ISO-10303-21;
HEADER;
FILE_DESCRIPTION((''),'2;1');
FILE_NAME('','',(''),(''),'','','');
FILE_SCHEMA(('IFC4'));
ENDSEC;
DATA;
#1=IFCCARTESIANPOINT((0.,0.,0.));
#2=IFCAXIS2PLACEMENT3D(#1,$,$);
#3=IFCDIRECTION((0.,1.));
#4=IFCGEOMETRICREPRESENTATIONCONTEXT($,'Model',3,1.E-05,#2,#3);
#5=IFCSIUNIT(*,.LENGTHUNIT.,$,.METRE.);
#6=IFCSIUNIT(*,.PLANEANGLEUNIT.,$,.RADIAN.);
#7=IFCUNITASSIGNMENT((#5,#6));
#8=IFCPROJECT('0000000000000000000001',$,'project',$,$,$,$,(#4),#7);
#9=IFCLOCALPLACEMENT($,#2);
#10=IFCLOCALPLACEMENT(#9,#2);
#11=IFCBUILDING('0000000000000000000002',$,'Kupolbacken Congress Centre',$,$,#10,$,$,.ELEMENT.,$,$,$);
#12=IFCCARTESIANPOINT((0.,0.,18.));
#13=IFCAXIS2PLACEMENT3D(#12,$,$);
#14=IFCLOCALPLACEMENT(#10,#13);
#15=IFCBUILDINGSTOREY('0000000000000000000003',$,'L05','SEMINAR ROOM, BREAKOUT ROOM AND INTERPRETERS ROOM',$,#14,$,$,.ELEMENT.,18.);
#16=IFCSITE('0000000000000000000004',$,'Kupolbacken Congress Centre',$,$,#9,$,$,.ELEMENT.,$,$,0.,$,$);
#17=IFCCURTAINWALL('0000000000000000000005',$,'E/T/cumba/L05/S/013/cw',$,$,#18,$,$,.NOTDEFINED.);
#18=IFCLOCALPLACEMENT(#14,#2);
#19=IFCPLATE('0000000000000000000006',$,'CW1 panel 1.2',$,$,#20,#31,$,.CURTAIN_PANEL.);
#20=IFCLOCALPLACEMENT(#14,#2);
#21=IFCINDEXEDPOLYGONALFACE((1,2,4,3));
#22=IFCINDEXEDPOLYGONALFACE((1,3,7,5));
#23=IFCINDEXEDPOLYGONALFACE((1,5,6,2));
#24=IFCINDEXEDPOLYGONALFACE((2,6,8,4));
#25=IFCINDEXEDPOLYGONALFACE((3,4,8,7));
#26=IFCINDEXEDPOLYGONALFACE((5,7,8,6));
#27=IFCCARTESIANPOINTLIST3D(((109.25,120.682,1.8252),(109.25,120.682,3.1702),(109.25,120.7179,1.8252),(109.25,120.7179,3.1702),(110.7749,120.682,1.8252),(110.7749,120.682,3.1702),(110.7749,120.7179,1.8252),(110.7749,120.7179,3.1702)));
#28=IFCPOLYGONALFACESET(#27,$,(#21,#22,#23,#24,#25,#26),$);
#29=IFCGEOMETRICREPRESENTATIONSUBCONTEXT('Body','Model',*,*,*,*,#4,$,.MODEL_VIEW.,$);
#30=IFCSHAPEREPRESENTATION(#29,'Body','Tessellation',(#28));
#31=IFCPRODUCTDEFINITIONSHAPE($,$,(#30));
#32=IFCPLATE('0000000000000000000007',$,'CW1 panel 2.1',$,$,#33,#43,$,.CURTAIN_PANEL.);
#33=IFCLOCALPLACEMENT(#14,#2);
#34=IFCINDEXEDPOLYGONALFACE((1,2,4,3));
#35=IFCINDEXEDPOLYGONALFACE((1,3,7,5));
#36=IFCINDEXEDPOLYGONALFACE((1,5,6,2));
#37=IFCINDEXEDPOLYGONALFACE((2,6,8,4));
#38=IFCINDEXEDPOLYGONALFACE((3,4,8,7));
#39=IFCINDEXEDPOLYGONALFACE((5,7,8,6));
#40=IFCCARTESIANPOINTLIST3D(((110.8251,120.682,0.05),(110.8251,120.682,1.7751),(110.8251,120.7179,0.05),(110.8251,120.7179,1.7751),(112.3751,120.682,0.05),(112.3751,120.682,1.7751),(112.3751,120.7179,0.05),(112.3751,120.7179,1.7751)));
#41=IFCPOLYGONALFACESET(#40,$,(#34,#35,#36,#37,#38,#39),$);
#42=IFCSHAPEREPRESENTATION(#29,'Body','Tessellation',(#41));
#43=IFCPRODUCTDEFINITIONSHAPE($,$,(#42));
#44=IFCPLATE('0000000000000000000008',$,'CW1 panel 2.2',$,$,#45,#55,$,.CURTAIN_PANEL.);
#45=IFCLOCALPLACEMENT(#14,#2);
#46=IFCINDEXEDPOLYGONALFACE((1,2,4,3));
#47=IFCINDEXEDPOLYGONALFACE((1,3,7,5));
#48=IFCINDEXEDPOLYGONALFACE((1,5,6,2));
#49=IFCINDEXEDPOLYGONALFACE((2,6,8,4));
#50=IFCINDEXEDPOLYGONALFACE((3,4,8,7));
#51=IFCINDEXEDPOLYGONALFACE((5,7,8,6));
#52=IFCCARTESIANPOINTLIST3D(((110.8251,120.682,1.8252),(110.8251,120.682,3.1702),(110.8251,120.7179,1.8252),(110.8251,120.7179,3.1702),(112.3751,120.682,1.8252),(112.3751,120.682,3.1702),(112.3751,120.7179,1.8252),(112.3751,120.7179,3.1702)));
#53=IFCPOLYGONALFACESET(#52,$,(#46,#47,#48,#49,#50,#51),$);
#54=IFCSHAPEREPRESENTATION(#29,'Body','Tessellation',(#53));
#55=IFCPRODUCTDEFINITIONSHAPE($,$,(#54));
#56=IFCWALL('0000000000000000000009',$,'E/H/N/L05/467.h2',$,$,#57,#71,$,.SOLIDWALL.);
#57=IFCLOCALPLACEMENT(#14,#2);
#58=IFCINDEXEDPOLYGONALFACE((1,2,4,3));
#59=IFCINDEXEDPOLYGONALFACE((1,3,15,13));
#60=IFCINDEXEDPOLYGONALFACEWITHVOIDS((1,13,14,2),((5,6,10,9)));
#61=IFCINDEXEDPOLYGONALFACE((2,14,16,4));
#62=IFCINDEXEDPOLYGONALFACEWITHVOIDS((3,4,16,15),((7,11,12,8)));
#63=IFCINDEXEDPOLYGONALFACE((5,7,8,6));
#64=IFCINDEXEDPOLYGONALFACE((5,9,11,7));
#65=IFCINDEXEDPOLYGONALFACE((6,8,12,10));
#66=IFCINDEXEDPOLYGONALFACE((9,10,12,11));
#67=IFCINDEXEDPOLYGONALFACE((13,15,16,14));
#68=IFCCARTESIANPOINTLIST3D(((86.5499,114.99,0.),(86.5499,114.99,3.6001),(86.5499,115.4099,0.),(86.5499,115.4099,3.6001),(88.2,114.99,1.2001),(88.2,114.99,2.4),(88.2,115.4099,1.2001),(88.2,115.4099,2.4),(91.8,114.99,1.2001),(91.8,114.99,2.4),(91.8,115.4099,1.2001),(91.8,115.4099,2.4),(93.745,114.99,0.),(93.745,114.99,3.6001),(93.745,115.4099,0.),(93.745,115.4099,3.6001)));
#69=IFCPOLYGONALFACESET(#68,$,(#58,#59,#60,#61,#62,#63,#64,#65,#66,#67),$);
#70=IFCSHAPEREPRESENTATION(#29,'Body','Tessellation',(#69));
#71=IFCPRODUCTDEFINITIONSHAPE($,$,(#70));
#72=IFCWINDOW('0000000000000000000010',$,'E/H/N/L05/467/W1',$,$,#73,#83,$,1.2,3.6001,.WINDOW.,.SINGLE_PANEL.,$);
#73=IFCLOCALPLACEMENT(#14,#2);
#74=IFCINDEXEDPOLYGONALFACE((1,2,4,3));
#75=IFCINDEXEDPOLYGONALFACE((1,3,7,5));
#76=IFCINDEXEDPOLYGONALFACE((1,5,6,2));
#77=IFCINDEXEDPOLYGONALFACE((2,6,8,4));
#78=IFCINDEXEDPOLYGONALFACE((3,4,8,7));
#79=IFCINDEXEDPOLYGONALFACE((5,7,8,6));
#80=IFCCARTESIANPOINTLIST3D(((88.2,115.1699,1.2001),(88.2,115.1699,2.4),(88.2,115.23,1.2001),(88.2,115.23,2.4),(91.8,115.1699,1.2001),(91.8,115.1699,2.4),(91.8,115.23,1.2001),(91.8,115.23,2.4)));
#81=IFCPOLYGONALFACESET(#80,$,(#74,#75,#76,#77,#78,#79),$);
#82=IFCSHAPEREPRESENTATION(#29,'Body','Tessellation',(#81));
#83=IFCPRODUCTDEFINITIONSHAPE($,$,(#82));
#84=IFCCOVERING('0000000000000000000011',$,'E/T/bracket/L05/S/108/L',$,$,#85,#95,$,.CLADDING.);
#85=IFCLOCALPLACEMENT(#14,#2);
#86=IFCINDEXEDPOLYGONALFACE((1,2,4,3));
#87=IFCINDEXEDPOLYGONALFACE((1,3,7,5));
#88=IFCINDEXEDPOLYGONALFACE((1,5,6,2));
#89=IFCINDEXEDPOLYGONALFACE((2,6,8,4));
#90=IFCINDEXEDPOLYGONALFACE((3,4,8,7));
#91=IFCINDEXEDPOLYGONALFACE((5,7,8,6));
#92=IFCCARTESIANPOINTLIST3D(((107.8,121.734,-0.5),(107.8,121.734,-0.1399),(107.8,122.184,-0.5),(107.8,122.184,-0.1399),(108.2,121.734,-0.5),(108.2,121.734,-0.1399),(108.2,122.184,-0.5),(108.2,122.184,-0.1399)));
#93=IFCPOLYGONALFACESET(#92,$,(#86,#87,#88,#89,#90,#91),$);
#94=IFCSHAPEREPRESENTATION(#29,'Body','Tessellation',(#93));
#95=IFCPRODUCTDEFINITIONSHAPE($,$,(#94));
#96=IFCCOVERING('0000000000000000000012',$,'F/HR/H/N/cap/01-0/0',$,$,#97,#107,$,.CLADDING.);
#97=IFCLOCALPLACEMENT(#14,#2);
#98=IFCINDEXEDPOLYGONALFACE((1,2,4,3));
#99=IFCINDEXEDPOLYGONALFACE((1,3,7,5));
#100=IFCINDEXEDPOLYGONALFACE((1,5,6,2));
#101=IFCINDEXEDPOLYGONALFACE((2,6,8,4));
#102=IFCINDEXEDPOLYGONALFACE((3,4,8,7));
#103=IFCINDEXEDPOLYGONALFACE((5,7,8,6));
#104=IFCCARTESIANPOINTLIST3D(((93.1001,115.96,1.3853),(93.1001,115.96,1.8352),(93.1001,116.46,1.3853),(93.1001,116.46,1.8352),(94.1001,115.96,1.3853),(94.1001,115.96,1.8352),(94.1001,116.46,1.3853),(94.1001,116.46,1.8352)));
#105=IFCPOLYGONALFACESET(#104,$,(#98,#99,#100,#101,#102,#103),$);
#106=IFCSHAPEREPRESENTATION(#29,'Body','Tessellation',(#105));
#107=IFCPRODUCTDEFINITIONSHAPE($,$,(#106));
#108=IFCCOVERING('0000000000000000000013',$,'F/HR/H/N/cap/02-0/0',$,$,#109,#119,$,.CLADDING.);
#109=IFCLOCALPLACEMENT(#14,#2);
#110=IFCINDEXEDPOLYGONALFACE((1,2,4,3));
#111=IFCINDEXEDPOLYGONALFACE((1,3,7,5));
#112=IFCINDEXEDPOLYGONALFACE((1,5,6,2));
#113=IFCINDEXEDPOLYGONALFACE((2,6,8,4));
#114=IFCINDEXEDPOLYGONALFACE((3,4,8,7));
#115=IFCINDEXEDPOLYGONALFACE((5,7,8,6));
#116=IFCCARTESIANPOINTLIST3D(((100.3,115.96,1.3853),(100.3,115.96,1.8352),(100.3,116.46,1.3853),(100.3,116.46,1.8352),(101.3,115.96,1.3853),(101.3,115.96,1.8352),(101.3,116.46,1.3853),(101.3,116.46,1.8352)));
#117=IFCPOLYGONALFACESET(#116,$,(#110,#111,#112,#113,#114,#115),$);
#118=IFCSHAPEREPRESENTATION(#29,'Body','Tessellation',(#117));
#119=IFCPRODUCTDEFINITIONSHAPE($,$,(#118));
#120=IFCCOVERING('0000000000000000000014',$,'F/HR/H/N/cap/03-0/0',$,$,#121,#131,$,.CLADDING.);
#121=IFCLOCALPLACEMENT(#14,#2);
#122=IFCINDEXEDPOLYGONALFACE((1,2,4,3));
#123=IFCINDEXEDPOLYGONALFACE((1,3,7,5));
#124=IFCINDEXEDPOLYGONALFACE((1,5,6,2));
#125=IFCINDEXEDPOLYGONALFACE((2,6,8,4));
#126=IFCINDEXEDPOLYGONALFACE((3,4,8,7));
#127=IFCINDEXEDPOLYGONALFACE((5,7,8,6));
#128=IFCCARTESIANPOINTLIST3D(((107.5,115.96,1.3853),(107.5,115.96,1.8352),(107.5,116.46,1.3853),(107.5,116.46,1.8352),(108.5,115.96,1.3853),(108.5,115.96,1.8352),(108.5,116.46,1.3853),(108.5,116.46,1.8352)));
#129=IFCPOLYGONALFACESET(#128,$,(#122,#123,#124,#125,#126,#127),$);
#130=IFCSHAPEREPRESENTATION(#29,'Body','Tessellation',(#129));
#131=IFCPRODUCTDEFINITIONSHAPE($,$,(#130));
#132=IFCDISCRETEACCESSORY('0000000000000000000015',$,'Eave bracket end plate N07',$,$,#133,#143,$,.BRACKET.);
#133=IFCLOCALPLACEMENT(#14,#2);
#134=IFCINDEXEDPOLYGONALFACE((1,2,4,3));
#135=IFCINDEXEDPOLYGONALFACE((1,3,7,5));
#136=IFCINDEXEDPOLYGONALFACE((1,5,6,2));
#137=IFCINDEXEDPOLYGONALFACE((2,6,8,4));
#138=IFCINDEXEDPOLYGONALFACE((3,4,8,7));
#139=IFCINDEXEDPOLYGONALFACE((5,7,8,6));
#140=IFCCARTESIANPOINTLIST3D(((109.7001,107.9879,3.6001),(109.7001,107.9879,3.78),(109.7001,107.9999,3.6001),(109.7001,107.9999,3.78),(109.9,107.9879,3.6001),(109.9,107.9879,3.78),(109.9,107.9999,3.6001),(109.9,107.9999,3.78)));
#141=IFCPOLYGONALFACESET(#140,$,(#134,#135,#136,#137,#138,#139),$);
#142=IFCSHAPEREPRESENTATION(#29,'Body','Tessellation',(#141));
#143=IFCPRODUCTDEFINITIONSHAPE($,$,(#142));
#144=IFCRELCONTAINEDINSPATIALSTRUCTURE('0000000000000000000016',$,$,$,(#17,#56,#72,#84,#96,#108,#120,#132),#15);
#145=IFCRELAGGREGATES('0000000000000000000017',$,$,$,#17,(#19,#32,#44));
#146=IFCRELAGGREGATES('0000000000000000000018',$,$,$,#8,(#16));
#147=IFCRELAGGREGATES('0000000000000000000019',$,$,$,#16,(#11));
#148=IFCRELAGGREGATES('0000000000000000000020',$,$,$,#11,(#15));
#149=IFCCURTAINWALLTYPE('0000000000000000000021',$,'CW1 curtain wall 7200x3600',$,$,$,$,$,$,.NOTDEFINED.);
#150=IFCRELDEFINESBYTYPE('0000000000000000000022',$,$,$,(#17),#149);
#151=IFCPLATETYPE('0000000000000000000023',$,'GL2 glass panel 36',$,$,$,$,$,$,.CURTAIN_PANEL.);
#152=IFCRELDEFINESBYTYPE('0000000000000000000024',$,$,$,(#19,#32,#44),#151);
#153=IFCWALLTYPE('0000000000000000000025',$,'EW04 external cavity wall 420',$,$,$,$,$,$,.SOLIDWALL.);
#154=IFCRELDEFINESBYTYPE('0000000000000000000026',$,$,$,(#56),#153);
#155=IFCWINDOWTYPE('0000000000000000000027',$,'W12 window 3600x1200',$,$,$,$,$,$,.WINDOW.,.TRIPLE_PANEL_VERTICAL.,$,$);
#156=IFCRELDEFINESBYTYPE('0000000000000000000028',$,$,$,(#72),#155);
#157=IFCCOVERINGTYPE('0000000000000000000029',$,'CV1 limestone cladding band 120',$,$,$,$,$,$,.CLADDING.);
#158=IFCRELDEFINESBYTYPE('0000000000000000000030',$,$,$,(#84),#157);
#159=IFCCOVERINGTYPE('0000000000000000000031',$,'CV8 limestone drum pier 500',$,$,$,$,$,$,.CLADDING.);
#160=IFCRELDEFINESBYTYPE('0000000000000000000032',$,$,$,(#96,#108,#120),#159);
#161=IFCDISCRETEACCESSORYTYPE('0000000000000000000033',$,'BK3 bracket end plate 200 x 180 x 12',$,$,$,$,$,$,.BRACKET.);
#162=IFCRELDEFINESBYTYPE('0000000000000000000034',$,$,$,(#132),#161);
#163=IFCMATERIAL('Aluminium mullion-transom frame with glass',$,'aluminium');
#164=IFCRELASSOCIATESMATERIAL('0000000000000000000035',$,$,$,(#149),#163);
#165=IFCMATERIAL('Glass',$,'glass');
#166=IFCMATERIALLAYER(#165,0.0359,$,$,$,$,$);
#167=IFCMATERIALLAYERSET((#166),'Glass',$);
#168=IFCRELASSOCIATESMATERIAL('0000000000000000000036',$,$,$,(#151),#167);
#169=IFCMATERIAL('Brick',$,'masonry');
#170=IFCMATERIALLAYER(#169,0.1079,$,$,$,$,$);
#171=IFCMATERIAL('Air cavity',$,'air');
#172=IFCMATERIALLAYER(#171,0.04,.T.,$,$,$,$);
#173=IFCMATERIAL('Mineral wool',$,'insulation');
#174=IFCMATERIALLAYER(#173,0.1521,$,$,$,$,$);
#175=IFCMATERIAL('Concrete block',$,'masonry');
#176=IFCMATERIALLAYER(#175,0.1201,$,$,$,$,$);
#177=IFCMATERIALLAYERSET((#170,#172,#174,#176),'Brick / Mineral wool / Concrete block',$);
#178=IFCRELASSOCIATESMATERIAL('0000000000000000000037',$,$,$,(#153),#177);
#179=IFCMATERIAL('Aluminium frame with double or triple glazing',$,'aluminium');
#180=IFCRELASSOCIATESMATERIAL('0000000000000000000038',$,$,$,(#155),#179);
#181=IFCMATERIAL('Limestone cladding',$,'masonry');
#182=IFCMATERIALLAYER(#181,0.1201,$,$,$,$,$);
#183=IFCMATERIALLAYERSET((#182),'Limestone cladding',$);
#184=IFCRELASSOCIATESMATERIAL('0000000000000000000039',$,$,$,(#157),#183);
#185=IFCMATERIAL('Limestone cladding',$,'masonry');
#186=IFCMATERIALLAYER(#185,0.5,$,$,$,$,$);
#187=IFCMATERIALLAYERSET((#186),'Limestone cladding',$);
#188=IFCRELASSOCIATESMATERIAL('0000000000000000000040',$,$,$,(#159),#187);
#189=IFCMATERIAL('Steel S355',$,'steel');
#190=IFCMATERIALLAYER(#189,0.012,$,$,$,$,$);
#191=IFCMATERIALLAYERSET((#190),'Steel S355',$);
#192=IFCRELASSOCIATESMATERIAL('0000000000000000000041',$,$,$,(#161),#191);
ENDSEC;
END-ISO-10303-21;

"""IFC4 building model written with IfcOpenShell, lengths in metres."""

from ifc_helpers import new_model, si_unit, direction, frame, frame_2d, origin, origin_2d, place, context, subcontext, project, spatial, rectangle, extrude, material, layer, layer_set, type_object, element, fill, aggregate, save


model = new_model("IFC4")

# Units and contexts
model_context = context("Model", 3, precision=1e-05, world=origin(), true_north=direction((0.0, 1.0)))
body_context = subcontext(model_context, "Body", "Model", "MODEL_VIEW")
ifc_project = project(units=[si_unit("LENGTHUNIT", "METRE"), si_unit("PLANEANGLEUNIT", "RADIAN")], contexts=[model_context])

# Site, building, storey
site_placement = place(None, origin())
site = spatial("IfcSite", under=ifc_project, at=site_placement, Name="Kupolbacken Congress Centre", CompositionType="ELEMENT", RefElevation=0.0)
building_placement = place(site_placement, origin())
building = spatial("IfcBuilding", under=site, at=building_placement, Name="Kupolbacken Congress Centre", CompositionType="ELEMENT")
storey_placement = place(building_placement, frame((0.0, 0.0, 18.0)))
storey = spatial("IfcBuildingStorey", under=building, at=storey_placement, Name="L05", Description="SEMINAR ROOM, BREAKOUT ROOM AND INTERPRETERS ROOM", CompositionType="ELEMENT", Elevation=18.0)

# Curtain wall, plates
ifc_material_1 = material(Name="Aluminium mullion-transom frame with glass", Category="aluminium")
curtain_wall_type = type_object("IfcCurtainWallType", Name="CW1 curtain wall 7200x3600", PredefinedType="NOTDEFINED", material=ifc_material_1)
curtain_wall_placement = place(storey_placement, origin())
curtain_wall = element("IfcCurtainWall", 1, at=curtain_wall_placement, inside=storey, type_object=curtain_wall_type, Name="E/T/cumba/L05/S/013/cw", PredefinedType="NOTDEFINED")
ifc_material_2 = material(Name="Glass", Category="glass")
ifc_layer_1 = layer(ifc_material_2, 0.0359)
ifc_layer_set_1 = layer_set([ifc_layer_1], Name="Glass")
plate_type = type_object("IfcPlateType", Name="GL2 glass panel 36", PredefinedType="CURTAIN_PANEL", material=ifc_layer_set_1)
plate_1_placement = place(storey_placement, frame((110.0125, 120.7, 1.8252), z_axis=(0.0, 0.0, 1.0), x_axis=(1.0, 0.0, 0.0)))
plate_1 = element("IfcPlate", 2, at=plate_1_placement, type_object=plate_type, Name="CW1 panel 1.2", PredefinedType="CURTAIN_PANEL", context=body_context, shape_type="SweptSolid", body=[
    extrude(rectangle(XDim=1.5249, YDim=0.0359, at=origin_2d()), origin(), (0.0, 0.0, 1.0), 1.345),
])
plate_2_placement = place(storey_placement, frame((111.6001, 120.7, 0.05), z_axis=(0.0, 0.0, 1.0), x_axis=(1.0, 0.0, 0.0)))
plate_2 = element("IfcPlate", 3, at=plate_2_placement, type_object=plate_type, Name="CW1 panel 2.1", PredefinedType="CURTAIN_PANEL", context=body_context, shape_type="SweptSolid", body=[
    extrude(rectangle(XDim=1.55, YDim=0.0359, at=origin_2d()), origin(), (0.0, 0.0, 1.0), 1.7251),
])
plate_3_placement = place(storey_placement, frame((111.6001, 120.7, 1.8252), z_axis=(0.0, 0.0, 1.0), x_axis=(1.0, 0.0, 0.0)))
plate_3 = element("IfcPlate", 4, at=plate_3_placement, type_object=plate_type, Name="CW1 panel 2.2", PredefinedType="CURTAIN_PANEL", context=body_context, shape_type="SweptSolid", body=[
    extrude(rectangle(XDim=1.55, YDim=0.0359, at=origin_2d()), origin(), (0.0, 0.0, 1.0), 1.345),
])
aggregate(curtain_wall, [plate_1, plate_2, plate_3])

# Wall, opening, window
ifc_material_3 = material(Name="Brick", Category="masonry")
ifc_layer_2 = layer(ifc_material_3, 0.1079)
ifc_material_4 = material(Name="Air cavity", Category="air")
ifc_layer_3 = layer(ifc_material_4, 0.04, ventilated=True)
ifc_material_5 = material(Name="Mineral wool", Category="insulation")
ifc_layer_4 = layer(ifc_material_5, 0.1521)
ifc_material_6 = material(Name="Concrete block", Category="masonry")
ifc_layer_5 = layer(ifc_material_6, 0.1201)
ifc_layer_set_2 = layer_set([ifc_layer_2, ifc_layer_3, ifc_layer_4, ifc_layer_5], Name="Brick / Mineral wool / Concrete block")
wall_type = type_object("IfcWallType", Name="EW04 external cavity wall 420", PredefinedType="SOLIDWALL", material=ifc_layer_set_2)
wall_placement = place(storey_placement, frame((93.7451, 115.2, 0.0), z_axis=(0.0, 0.0, 1.0), x_axis=(-1.0, 0.0, 0.0)))
wall = element("IfcWall", 5, at=wall_placement, inside=storey, type_object=wall_type, Name="E/H/N/L05/467.h2", PredefinedType="SOLIDWALL", context=body_context, shape_type="SweptSolid", body=[
    extrude(rectangle(XDim=7.1951, YDim=0.4199, at=frame_2d((3.5977, 0.0))), origin(), (0.0, 0.0, 1.0), 3.6001),
])
opening_placement = place(wall_placement, frame((1.9451, 0.0, 1.2)))
opening = element("IfcOpeningElement", 6, at=opening_placement, cuts=wall, PredefinedType="OPENING", context=body_context, shape_type="SweptSolid", body=[
    extrude(rectangle(XDim=3.6001, YDim=1.2, at=frame_2d((1.8, 0.6001))), frame((0.0, 0.22, 0.0), z_axis=(0.0, -1.0, 0.0), x_axis=(1.0, 0.0, 0.0)), (0.0, 0.0, 1.0), 0.4399),
])
ifc_material_7 = material(Name="Aluminium frame with double or triple glazing", Category="aluminium")
window_type = type_object("IfcWindowType", Name="W12 window 3600x1200", PartitioningType="TRIPLE_PANEL_VERTICAL", PredefinedType="WINDOW", material=ifc_material_7)
window_placement = place(opening_placement, origin())
window = element("IfcWindow", 7, at=window_placement, inside=storey, type_object=window_type, Name="E/H/N/L05/467/W1", OverallHeight=1.2, OverallWidth=3.6001, PartitioningType="SINGLE_PANEL", PredefinedType="WINDOW", context=body_context, shape_type="SweptSolid", body=[
    extrude(rectangle(XDim=3.6001, YDim=1.2, at=frame_2d((1.8, 0.6001))), frame((0.0, 0.03, 0.0), z_axis=(0.0, -1.0, 0.0), x_axis=(1.0, 0.0, 0.0)), (0.0, 0.0, 1.0), 0.0601),
])
fill(opening, window)

# Coverings
ifc_material_8 = material(Name="Limestone cladding", Category="masonry")
ifc_layer_6 = layer(ifc_material_8, 0.1201)
ifc_layer_set_3 = layer_set([ifc_layer_6], Name="Limestone cladding")
covering_type_1 = type_object("IfcCoveringType", Name="CV1 limestone cladding band 120", PredefinedType="CLADDING", material=ifc_layer_set_3)
covering_placement = place(storey_placement, frame((108.0, 121.959, -0.5), z_axis=(0.0, 0.0, 1.0), x_axis=(1.0, 0.0, 0.0)))
element("IfcCovering", 8, at=covering_placement, inside=storey, type_object=covering_type_1, Name="E/T/bracket/L05/S/108/L", PredefinedType="CLADDING", context=body_context, shape_type="SweptSolid", body=[
    extrude(rectangle(XDim=0.3999, YDim=0.45, at=origin_2d()), origin(), (0.0, 0.0, 1.0), 0.3601),
])
ifc_material_9 = material(Name="Limestone cladding", Category="masonry")
ifc_layer_7 = layer(ifc_material_9, 0.5)
ifc_layer_set_4 = layer_set([ifc_layer_7], Name="Limestone cladding")
covering_type_2 = type_object("IfcCoveringType", Name="CV8 limestone drum pier 500", PredefinedType="CLADDING", material=ifc_layer_set_4)
for number, where, z_axis, x_axis, name in (
    (9, (93.6001, 116.21, 1.3853), (0.0, 0.0, 1.0), (1.0, 0.0, 0.0), "F/HR/H/N/cap/01-0/0"),
    (10, (100.8, 116.21, 1.3853), (0.0, 0.0, 1.0), (1.0, 0.0, 0.0), "F/HR/H/N/cap/02-0/0"),
    (11, (108.0, 116.21, 1.3853), (0.0, 0.0, 1.0), (1.0, 0.0, 0.0), "F/HR/H/N/cap/03-0/0"),
):
    element("IfcCovering", number, at=place(storey_placement, frame(where, z_axis=z_axis, x_axis=x_axis)), inside=storey, type_object=covering_type_2, Name=name, PredefinedType="CLADDING", context=body_context, shape_type="SweptSolid", body=[
        extrude(rectangle(XDim=1.0, YDim=0.5, at=origin_2d()), origin(), (0.0, 0.0, 1.0), 0.45),
    ])

# Discrete accessory
ifc_material_10 = material(Name="Steel S355", Category="steel")
ifc_layer_8 = layer(ifc_material_10, 0.012)
ifc_layer_set_5 = layer_set([ifc_layer_8], Name="Steel S355")
discrete_accessory_type = type_object("IfcDiscreteAccessoryType", Name="BK3 bracket end plate 200 x 180 x 12", PredefinedType="BRACKET", material=ifc_layer_set_5)
discrete_accessory_placement = place(storey_placement, frame((109.8, 107.9939, 3.6001), z_axis=(0.0, 0.0, 1.0), x_axis=(1.0, 0.0, 0.0)))
element("IfcDiscreteAccessory", 12, at=discrete_accessory_placement, inside=storey, type_object=discrete_accessory_type, Name="Eave bracket end plate N07", PredefinedType="BRACKET", context=body_context, shape_type="SweptSolid", body=[
    extrude(rectangle(XDim=0.2, YDim=0.012, at=origin_2d()), origin(), (0.0, 0.0, 1.0), 0.1799),
])

save(model, "model.ifc")
